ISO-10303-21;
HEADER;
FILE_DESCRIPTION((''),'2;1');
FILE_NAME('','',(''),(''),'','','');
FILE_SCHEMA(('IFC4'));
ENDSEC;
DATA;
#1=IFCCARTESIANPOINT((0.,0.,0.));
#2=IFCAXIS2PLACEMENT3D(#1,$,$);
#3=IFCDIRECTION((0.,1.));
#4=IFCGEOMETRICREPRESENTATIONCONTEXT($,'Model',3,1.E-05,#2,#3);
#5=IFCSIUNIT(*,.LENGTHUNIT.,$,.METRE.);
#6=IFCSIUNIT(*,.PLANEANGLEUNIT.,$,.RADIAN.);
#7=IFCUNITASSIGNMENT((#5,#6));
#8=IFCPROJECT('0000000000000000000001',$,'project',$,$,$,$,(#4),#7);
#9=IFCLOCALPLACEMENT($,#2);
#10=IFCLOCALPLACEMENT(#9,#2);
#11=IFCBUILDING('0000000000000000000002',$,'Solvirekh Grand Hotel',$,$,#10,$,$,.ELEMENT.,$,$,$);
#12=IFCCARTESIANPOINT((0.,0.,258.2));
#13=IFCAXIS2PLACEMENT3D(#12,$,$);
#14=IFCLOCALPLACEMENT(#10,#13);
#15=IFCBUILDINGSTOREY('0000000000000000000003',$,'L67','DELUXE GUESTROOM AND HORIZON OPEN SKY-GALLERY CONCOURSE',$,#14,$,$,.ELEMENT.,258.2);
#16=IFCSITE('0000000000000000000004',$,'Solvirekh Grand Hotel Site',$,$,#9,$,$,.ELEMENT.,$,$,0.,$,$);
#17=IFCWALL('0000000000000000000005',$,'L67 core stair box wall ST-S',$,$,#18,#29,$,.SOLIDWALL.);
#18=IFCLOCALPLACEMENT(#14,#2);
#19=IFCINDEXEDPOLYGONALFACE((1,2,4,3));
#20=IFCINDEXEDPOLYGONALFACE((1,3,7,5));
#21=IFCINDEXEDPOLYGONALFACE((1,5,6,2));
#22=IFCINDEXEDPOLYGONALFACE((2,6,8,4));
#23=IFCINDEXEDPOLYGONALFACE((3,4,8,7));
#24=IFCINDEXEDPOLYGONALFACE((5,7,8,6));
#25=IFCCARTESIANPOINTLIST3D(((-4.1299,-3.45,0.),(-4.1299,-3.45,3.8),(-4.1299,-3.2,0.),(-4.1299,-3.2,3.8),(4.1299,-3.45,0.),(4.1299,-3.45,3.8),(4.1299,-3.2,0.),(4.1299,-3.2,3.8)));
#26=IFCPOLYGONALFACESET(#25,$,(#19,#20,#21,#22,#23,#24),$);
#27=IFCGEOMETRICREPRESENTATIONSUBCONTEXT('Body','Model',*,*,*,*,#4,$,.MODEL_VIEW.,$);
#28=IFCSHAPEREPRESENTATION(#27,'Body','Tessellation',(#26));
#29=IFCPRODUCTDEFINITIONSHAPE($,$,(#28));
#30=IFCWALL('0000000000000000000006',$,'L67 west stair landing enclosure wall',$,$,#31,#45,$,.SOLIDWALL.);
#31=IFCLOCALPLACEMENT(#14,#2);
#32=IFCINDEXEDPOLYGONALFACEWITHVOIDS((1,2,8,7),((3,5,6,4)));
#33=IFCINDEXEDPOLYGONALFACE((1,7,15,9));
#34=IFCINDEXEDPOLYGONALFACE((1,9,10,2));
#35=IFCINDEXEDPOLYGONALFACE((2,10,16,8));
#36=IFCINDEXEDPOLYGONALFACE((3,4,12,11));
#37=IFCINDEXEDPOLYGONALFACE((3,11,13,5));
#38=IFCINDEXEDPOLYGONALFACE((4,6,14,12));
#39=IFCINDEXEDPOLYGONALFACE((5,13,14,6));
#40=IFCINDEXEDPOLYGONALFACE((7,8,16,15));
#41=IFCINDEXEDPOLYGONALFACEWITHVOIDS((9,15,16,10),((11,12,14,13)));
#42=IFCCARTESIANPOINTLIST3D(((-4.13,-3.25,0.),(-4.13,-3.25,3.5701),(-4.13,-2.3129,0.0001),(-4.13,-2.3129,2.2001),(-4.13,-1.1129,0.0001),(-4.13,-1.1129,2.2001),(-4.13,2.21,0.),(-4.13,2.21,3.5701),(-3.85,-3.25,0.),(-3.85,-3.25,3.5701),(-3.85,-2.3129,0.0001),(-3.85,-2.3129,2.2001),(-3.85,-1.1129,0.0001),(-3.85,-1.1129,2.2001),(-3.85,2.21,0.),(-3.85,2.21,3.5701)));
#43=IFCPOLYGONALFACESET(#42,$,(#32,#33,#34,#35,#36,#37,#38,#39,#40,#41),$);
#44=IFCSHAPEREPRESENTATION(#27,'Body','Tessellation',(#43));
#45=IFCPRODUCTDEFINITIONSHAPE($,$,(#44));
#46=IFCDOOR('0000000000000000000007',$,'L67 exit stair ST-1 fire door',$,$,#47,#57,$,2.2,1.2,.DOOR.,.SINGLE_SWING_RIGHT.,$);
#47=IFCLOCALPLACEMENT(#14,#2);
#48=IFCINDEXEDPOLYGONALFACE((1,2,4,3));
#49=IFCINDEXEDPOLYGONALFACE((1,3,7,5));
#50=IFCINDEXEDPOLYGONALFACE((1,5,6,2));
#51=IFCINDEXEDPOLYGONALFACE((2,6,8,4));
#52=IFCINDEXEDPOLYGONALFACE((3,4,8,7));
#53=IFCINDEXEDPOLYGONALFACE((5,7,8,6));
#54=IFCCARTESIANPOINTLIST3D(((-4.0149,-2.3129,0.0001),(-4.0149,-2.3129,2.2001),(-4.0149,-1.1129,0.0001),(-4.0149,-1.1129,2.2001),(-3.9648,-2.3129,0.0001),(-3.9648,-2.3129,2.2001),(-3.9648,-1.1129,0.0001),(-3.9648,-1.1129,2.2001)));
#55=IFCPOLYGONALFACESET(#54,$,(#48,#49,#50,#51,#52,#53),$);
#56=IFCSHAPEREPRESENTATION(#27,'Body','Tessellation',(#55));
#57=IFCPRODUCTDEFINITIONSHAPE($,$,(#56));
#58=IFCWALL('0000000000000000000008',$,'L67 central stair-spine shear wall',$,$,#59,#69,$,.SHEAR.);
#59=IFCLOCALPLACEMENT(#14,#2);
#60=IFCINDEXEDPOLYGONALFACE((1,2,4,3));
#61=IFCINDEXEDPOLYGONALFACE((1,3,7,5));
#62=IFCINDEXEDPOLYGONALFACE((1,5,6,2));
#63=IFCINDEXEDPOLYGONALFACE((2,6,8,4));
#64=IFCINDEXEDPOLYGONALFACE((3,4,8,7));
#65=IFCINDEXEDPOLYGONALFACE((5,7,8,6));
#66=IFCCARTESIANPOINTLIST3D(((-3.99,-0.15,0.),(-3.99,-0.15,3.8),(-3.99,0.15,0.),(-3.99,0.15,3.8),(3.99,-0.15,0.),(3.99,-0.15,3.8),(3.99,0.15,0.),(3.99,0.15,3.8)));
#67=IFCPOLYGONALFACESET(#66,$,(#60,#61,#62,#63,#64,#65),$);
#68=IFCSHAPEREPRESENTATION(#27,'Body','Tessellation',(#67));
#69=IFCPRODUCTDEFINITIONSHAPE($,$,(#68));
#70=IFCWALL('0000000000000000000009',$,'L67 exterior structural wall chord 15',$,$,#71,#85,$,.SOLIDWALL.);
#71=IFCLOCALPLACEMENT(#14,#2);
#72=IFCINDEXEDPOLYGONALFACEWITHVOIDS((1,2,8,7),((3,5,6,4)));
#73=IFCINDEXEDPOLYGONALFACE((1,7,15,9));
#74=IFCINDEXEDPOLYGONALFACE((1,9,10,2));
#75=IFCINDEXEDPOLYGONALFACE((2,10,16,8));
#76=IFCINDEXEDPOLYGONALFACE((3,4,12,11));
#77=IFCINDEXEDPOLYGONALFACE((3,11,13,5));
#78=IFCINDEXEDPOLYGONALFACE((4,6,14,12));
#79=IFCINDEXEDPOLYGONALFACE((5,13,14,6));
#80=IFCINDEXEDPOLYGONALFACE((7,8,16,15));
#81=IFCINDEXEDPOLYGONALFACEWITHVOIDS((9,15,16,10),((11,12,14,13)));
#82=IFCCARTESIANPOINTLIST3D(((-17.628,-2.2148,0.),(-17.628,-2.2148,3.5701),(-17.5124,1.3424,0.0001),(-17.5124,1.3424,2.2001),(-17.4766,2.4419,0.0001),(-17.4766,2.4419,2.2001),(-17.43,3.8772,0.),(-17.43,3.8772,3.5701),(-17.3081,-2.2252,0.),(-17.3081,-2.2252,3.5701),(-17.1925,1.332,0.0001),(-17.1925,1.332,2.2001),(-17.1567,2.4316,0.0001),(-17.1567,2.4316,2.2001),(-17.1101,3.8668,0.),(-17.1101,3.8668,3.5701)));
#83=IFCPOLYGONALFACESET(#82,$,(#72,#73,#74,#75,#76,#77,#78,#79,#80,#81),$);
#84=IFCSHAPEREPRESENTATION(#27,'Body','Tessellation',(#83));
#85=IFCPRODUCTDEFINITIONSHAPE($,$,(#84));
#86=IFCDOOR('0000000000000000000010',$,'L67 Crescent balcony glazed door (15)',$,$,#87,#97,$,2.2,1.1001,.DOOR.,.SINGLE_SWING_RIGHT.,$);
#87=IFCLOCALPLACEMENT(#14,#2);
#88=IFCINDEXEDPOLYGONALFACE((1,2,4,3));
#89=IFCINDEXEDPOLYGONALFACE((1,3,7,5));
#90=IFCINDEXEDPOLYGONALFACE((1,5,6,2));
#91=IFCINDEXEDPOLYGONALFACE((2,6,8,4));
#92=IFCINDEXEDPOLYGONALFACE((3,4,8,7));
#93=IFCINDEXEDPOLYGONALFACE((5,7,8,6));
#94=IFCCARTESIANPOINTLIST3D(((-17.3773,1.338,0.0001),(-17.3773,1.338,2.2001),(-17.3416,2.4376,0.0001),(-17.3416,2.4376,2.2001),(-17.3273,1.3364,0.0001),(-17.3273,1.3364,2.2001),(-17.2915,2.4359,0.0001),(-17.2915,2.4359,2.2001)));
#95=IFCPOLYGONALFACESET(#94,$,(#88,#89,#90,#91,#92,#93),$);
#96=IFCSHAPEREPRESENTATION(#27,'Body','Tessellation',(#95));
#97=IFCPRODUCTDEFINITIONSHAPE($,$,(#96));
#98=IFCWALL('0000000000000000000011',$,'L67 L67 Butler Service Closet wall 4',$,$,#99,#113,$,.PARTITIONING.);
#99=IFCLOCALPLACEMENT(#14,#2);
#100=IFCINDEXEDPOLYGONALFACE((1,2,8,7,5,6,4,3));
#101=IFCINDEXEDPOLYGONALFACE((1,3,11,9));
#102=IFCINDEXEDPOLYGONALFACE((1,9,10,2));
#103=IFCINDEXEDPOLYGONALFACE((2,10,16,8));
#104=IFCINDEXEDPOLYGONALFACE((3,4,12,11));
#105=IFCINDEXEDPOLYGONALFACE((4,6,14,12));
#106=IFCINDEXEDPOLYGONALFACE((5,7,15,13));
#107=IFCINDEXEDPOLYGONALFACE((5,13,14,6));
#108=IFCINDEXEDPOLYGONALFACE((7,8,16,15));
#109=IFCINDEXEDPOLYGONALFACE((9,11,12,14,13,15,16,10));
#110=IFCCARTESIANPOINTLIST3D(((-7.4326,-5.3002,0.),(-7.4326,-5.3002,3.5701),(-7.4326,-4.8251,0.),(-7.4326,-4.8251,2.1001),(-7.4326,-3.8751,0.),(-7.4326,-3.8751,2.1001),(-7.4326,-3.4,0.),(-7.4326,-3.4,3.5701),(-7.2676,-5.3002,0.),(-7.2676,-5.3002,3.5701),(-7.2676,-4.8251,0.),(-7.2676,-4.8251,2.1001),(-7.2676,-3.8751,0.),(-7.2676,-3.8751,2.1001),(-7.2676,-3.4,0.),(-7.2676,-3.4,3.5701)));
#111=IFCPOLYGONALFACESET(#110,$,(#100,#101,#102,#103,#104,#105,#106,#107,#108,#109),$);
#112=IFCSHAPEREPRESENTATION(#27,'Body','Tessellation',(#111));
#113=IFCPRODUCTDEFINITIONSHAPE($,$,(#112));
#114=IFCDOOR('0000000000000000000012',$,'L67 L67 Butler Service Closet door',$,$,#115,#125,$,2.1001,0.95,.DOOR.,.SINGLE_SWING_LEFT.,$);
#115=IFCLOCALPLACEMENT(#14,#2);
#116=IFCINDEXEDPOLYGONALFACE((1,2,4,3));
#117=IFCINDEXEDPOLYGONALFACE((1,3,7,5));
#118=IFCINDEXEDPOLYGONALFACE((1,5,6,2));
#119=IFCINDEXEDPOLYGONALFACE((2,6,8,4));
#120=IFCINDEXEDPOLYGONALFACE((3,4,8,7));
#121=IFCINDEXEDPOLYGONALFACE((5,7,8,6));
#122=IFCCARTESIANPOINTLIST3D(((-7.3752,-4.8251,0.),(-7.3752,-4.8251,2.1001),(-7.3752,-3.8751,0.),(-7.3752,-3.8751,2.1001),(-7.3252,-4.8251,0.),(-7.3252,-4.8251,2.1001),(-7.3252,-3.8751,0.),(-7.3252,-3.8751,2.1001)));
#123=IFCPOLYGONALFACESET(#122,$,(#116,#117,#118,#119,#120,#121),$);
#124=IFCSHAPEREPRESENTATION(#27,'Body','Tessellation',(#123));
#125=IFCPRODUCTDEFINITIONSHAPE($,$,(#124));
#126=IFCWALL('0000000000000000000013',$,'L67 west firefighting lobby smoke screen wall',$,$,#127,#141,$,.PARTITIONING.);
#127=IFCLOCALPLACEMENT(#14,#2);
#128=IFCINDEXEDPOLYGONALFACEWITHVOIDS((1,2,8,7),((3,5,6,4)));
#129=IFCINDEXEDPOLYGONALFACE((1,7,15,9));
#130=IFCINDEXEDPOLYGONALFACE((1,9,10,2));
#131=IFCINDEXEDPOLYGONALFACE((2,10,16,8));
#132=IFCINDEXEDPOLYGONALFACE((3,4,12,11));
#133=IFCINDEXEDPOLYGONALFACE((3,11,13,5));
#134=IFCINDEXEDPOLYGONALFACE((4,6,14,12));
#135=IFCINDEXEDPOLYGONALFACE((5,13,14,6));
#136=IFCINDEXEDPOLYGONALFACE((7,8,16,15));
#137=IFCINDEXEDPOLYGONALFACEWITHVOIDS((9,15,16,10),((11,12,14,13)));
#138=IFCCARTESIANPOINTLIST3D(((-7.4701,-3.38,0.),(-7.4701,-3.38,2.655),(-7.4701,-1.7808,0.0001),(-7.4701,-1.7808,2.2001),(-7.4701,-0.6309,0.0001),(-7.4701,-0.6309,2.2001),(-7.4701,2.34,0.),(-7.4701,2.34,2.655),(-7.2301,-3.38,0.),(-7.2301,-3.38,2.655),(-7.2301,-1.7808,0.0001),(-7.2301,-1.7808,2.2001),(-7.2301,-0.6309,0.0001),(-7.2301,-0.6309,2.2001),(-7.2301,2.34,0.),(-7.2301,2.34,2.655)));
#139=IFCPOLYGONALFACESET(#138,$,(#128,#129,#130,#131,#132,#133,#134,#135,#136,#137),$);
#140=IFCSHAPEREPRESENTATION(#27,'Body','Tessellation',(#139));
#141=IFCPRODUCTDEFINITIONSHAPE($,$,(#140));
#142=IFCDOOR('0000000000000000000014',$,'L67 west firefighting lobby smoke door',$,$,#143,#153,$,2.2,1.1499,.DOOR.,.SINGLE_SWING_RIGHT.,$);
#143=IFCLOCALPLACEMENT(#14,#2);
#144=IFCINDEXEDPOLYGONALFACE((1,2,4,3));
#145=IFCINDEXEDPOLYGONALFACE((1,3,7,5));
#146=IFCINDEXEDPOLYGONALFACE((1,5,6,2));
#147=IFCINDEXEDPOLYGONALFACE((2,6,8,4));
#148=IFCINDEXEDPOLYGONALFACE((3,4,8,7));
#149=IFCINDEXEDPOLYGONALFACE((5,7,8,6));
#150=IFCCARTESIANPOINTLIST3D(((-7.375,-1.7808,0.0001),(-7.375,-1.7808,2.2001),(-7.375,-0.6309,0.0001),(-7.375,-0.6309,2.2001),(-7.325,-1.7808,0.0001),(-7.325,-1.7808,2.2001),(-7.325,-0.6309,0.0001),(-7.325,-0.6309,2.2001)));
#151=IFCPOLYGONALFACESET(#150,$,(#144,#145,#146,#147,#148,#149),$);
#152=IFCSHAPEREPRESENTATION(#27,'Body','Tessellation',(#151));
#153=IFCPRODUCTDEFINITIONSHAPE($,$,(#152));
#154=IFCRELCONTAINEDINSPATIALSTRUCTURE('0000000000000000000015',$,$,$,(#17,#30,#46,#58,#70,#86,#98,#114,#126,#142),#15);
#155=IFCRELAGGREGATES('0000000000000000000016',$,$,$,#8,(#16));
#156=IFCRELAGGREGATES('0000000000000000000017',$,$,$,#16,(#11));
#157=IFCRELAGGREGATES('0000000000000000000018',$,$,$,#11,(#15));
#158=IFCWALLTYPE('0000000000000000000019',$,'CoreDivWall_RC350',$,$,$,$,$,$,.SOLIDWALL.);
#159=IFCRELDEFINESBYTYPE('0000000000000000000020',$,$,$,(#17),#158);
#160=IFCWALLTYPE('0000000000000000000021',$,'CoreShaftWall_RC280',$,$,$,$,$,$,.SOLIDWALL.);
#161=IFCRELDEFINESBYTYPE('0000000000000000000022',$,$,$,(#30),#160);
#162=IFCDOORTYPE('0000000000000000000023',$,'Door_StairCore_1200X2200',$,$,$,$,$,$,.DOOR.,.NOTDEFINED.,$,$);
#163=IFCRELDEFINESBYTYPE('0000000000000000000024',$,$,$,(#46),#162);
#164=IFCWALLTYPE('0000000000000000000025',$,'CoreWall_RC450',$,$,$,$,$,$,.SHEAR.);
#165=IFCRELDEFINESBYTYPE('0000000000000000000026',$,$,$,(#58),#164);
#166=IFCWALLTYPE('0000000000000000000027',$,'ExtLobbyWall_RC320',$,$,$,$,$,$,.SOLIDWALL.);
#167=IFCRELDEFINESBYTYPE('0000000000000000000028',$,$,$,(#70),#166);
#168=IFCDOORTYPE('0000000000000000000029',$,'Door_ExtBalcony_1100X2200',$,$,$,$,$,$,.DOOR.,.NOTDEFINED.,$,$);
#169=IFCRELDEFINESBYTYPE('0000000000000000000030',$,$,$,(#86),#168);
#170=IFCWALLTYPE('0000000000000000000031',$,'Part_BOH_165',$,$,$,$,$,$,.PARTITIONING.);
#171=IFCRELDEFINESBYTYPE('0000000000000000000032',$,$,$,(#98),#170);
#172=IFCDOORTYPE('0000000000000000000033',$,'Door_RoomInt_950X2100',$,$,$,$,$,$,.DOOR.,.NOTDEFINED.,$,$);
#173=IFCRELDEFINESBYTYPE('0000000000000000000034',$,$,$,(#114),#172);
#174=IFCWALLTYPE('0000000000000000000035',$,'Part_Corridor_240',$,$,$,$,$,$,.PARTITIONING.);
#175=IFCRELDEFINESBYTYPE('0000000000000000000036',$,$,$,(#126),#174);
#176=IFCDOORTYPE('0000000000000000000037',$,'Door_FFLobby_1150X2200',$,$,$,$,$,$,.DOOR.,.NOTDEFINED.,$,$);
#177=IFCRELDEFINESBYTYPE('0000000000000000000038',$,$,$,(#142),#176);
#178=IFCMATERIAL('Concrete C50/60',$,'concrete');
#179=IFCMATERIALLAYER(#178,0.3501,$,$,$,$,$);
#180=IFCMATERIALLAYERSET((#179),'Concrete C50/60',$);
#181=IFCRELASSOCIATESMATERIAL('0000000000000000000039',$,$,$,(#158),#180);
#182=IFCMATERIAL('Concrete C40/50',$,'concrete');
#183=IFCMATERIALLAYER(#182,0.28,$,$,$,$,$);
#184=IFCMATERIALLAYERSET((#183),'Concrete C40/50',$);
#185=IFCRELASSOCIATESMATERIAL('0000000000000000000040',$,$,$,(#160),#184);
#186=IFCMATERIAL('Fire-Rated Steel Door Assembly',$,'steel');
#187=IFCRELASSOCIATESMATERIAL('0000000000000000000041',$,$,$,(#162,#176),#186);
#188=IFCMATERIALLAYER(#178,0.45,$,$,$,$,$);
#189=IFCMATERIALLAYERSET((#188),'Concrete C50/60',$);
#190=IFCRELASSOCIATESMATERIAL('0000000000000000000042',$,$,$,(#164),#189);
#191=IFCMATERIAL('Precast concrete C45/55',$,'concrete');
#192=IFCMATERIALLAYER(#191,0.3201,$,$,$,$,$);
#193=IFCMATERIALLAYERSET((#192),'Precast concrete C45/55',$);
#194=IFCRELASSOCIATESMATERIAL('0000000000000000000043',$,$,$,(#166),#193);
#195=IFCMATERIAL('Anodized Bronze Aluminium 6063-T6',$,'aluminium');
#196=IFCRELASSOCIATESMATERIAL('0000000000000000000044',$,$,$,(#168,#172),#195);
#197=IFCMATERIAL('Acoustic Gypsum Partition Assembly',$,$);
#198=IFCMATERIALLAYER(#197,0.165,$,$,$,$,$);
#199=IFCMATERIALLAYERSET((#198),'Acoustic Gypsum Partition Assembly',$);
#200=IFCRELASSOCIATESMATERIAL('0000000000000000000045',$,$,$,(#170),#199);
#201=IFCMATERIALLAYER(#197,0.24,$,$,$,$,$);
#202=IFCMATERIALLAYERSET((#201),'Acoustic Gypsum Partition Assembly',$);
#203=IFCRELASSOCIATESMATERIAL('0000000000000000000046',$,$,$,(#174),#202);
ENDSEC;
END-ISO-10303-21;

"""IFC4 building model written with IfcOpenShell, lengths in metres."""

from ifc_helpers import new_model, si_unit, direction, frame, frame_2d, origin, place, context, subcontext, project, spatial, rectangle, extrude, material, layer, layer_set, type_object, element, fill, save


model = new_model("IFC4")

# Units and contexts
model_context = context("Model", 3, precision=1e-05, world=origin(), true_north=direction((0.0, 1.0)))
body_context = subcontext(model_context, "Body", "Model", "MODEL_VIEW")
ifc_project = project(units=[si_unit("LENGTHUNIT", "METRE"), si_unit("PLANEANGLEUNIT", "RADIAN")], contexts=[model_context])

# Site, building, storey
site_placement = place(None, origin())
site = spatial("IfcSite", under=ifc_project, at=site_placement, Name="Solvirekh Grand Hotel Site", CompositionType="ELEMENT", RefElevation=0.0)
building_placement = place(site_placement, origin())
building = spatial("IfcBuilding", under=site, at=building_placement, Name="Solvirekh Grand Hotel", CompositionType="ELEMENT")
storey_placement = place(building_placement, frame((0.0, 0.0, 258.2)))
storey = spatial("IfcBuildingStorey", under=building, at=storey_placement, Name="L67", Description="DELUXE GUESTROOM AND HORIZON OPEN SKY-GALLERY CONCOURSE", CompositionType="ELEMENT", Elevation=258.2)

# Shared definitions
ifc_material_1 = material(Name="Concrete C50/60", Category="concrete")

# Wall
ifc_layer_1 = layer(ifc_material_1, 0.3501)
ifc_layer_set_1 = layer_set([ifc_layer_1], Name="Concrete C50/60")
wall_type_1 = type_object("IfcWallType", Name="CoreDivWall_RC350", PredefinedType="SOLIDWALL", material=ifc_layer_set_1)
wall_1_placement = place(storey_placement, frame((-4.1299, -3.325, 0.0), z_axis=(0.0, 0.0, 1.0), x_axis=(1.0, 0.0, 0.0)))
element("IfcWall", 1, at=wall_1_placement, inside=storey, type_object=wall_type_1, Name="L67 core stair box wall ST-S", PredefinedType="SOLIDWALL", context=body_context, shape_type="SweptSolid", body=[
    extrude(rectangle(XDim=8.2598, YDim=0.25, at=frame_2d((4.1299, 0.0))), origin(), (0.0, 0.0, 1.0), 3.8),
])

# Wall, opening, door
ifc_material_2 = material(Name="Concrete C40/50", Category="concrete")
ifc_layer_2 = layer(ifc_material_2, 0.28)
ifc_layer_set_2 = layer_set([ifc_layer_2], Name="Concrete C40/50")
wall_type_2 = type_object("IfcWallType", Name="CoreShaftWall_RC280", PredefinedType="SOLIDWALL", material=ifc_layer_set_2)
wall_2_placement = place(storey_placement, frame((-3.99, -3.25, 0.0), z_axis=(0.0, 0.0, 1.0), x_axis=(0.0, 1.0, 0.0)))
wall_2 = element("IfcWall", 2, at=wall_2_placement, inside=storey, type_object=wall_type_2, Name="L67 west stair landing enclosure wall", PredefinedType="SOLIDWALL", context=body_context, shape_type="SweptSolid", body=[
    extrude(rectangle(XDim=5.46, YDim=0.28, at=frame_2d((2.73, 0.0))), origin(), (0.0, 0.0, 1.0), 3.5701),
])
opening_1_placement = place(wall_2_placement, frame((0.937, 0.0, 0.0)))
opening_1 = element("IfcOpeningElement", 3, at=opening_1_placement, cuts=wall_2, PredefinedType="OPENING", context=body_context, shape_type="SweptSolid", body=[
    extrude(rectangle(XDim=1.2, YDim=2.2, at=frame_2d((0.6001, 1.1001))), frame((0.0, 0.1499, 0.0), z_axis=(0.0, -1.0, 0.0), x_axis=(1.0, 0.0, 0.0)), (0.0, 0.0, 1.0), 0.3),
])
ifc_material_3 = material(Name="Fire-Rated Steel Door Assembly", Category="steel")
door_type_1 = type_object("IfcDoorType", Name="Door_StairCore_1200X2200", OperationType="NOTDEFINED", PredefinedType="DOOR", material=ifc_material_3)
door_1_placement = place(opening_1_placement, origin())
door_1 = element("IfcDoor", 4, at=door_1_placement, inside=storey, type_object=door_type_1, Name="L67 exit stair ST-1 fire door", OperationType="SINGLE_SWING_RIGHT", OverallHeight=2.2, OverallWidth=1.2, PredefinedType="DOOR", context=body_context, shape_type="SweptSolid", body=[
    extrude(rectangle(XDim=1.2, YDim=2.2, at=frame_2d((0.6001, 1.1001))), frame((0.0, 0.0249, 0.0), z_axis=(0.0, -1.0, 0.0), x_axis=(1.0, 0.0, 0.0)), (0.0, 0.0, 1.0), 0.05),
])
fill(opening_1, door_1)

# Wall
ifc_layer_3 = layer(ifc_material_1, 0.45)
ifc_layer_set_3 = layer_set([ifc_layer_3], Name="Concrete C50/60")
wall_type_3 = type_object("IfcWallType", Name="CoreWall_RC450", PredefinedType="SHEAR", material=ifc_layer_set_3)
wall_3_placement = place(storey_placement, frame((-3.99, 0.0, 0.0), z_axis=(0.0, 0.0, 1.0), x_axis=(1.0, 0.0, 0.0)))
element("IfcWall", 5, at=wall_3_placement, inside=storey, type_object=wall_type_3, Name="L67 central stair-spine shear wall", PredefinedType="SHEAR", context=body_context, shape_type="SweptSolid", body=[
    extrude(rectangle(XDim=7.98, YDim=0.3, at=frame_2d((3.99, 0.0))), origin(), (0.0, 0.0, 1.0), 3.8),
])

# Walls, openings, doors
ifc_material_4 = material(Name="Precast concrete C45/55", Category="concrete")
ifc_layer_4 = layer(ifc_material_4, 0.3201)
ifc_layer_set_4 = layer_set([ifc_layer_4], Name="Precast concrete C45/55")
wall_type_4 = type_object("IfcWallType", Name="ExtLobbyWall_RC320", PredefinedType="SOLIDWALL", material=ifc_layer_set_4)
wall_4_placement = place(storey_placement, frame((-17.468, -2.22, 0.0), z_axis=(0.0, 0.0, 1.0), x_axis=(0.032484, 0.999472, 0.0)))
wall_4 = element("IfcWall", 6, at=wall_4_placement, inside=storey, type_object=wall_type_4, Name="L67 exterior structural wall chord 15", PredefinedType="SOLIDWALL", context=body_context, shape_type="SweptSolid", body=[
    extrude(rectangle(XDim=6.0952, YDim=0.3201, at=frame_2d((3.0476, 0.0))), origin(), (0.0, 0.0, 1.0), 3.5701),
])
opening_2_placement = place(wall_4_placement, frame((3.5591, 0.0, 0.0)))
opening_2 = element("IfcOpeningElement", 7, at=opening_2_placement, cuts=wall_4, PredefinedType="OPENING", context=body_context, shape_type="SweptSolid", body=[
    extrude(rectangle(XDim=1.1001, YDim=2.2, at=frame_2d((0.55, 1.1001))), frame((0.0, 0.1699, 0.0), z_axis=(0.0, -1.0, 0.0), x_axis=(1.0, 0.0, 0.0)), (0.0, 0.0, 1.0), 0.3401),
])
ifc_material_5 = material(Name="Anodized Bronze Aluminium 6063-T6", Category="aluminium")
door_type_2 = type_object("IfcDoorType", Name="Door_ExtBalcony_1100X2200", OperationType="NOTDEFINED", PredefinedType="DOOR", material=ifc_material_5)
door_2_placement = place(opening_2_placement, origin())
door_2 = element("IfcDoor", 8, at=door_2_placement, inside=storey, type_object=door_type_2, Name="L67 Crescent balcony glazed door (15)", OperationType="SINGLE_SWING_RIGHT", OverallHeight=2.2, OverallWidth=1.1001, PredefinedType="DOOR", context=body_context, shape_type="SweptSolid", body=[
    extrude(rectangle(XDim=1.1001, YDim=2.2, at=frame_2d((0.55, 1.1001))), frame((0.0, 0.0249, 0.0), z_axis=(0.0, -1.0, 0.0), x_axis=(1.0, 0.0, 0.0)), (0.0, 0.0, 1.0), 0.05),
])
fill(opening_2, door_2)
ifc_material_6 = material(Name="Acoustic Gypsum Partition Assembly")
ifc_layer_5 = layer(ifc_material_6, 0.165)
ifc_layer_set_5 = layer_set([ifc_layer_5], Name="Acoustic Gypsum Partition Assembly")
wall_type_5 = type_object("IfcWallType", Name="Part_BOH_165", PredefinedType="PARTITIONING", material=ifc_layer_set_5)
wall_5_placement = place(storey_placement, frame((-7.3501, -3.3999, 0.0), z_axis=(0.0, 0.0, 1.0), x_axis=(0.0, -1.0, 0.0)))
wall_5 = element("IfcWall", 9, at=wall_5_placement, inside=storey, type_object=wall_type_5, Name="L67 L67 Butler Service Closet wall 4", PredefinedType="PARTITIONING", context=body_context, shape_type="SweptSolid", body=[
    extrude(rectangle(XDim=1.9001, YDim=0.165, at=frame_2d((0.9502, 0.0))), origin(), (0.0, 0.0, 1.0), 3.5701),
])
opening_3_placement = place(wall_5_placement, frame((0.4751, 0.0, 0.0)))
opening_3 = element("IfcOpeningElement", 10, at=opening_3_placement, cuts=wall_5, PredefinedType="OPENING", context=body_context, shape_type="SweptSolid", body=[
    extrude(rectangle(XDim=0.95, YDim=2.1001, at=frame_2d((0.4751, 1.05))), frame((0.0, 0.0925, 0.0), z_axis=(0.0, -1.0, 0.0), x_axis=(1.0, 0.0, 0.0)), (0.0, 0.0, 1.0), 0.1851),
])
door_type_3 = type_object("IfcDoorType", Name="Door_RoomInt_950X2100", OperationType="NOTDEFINED", PredefinedType="DOOR", material=ifc_material_5)
door_3_placement = place(opening_3_placement, origin())
door_3 = element("IfcDoor", 11, at=door_3_placement, inside=storey, type_object=door_type_3, Name="L67 L67 Butler Service Closet door", OperationType="SINGLE_SWING_LEFT", OverallHeight=2.1001, OverallWidth=0.95, PredefinedType="DOOR", context=body_context, shape_type="SweptSolid", body=[
    extrude(rectangle(XDim=0.95, YDim=2.1001, at=frame_2d((0.4751, 1.05))), frame((0.0, 0.0249, 0.0), z_axis=(0.0, -1.0, 0.0), x_axis=(1.0, 0.0, 0.0)), (0.0, 0.0, 1.0), 0.05),
])
fill(opening_3, door_3)
ifc_layer_6 = layer(ifc_material_6, 0.24)
ifc_layer_set_6 = layer_set([ifc_layer_6], Name="Acoustic Gypsum Partition Assembly")
wall_type_6 = type_object("IfcWallType", Name="Part_Corridor_240", PredefinedType="PARTITIONING", material=ifc_layer_set_6)
wall_6_placement = place(storey_placement, frame((-7.3501, -3.3799, 0.0), z_axis=(0.0, 0.0, 1.0), x_axis=(0.0, 1.0, 0.0)))
wall_6 = element("IfcWall", 12, at=wall_6_placement, inside=storey, type_object=wall_type_6, Name="L67 west firefighting lobby smoke screen wall", PredefinedType="PARTITIONING", context=body_context, shape_type="SweptSolid", body=[
    extrude(rectangle(XDim=5.72, YDim=0.24, at=frame_2d((2.8599, 0.0))), origin(), (0.0, 0.0, 1.0), 2.655),
])
opening_4_placement = place(wall_6_placement, frame((1.5991, 0.0, 0.0)))
opening_4 = element("IfcOpeningElement", 13, at=opening_4_placement, cuts=wall_6, PredefinedType="OPENING", context=body_context, shape_type="SweptSolid", body=[
    extrude(rectangle(XDim=1.1499, YDim=2.2, at=frame_2d((0.575, 1.1001))), frame((0.0, 0.1299, 0.0), z_axis=(0.0, -1.0, 0.0), x_axis=(1.0, 0.0, 0.0)), (0.0, 0.0, 1.0), 0.26),
])
door_type_4 = type_object("IfcDoorType", Name="Door_FFLobby_1150X2200", OperationType="NOTDEFINED", PredefinedType="DOOR", material=ifc_material_3)
door_4_placement = place(opening_4_placement, origin())
door_4 = element("IfcDoor", 14, at=door_4_placement, inside=storey, type_object=door_type_4, Name="L67 west firefighting lobby smoke door", OperationType="SINGLE_SWING_RIGHT", OverallHeight=2.2, OverallWidth=1.1499, PredefinedType="DOOR", context=body_context, shape_type="SweptSolid", body=[
    extrude(rectangle(XDim=1.1499, YDim=2.2, at=frame_2d((0.575, 1.1001))), frame((0.0, 0.0249, 0.0), z_axis=(0.0, -1.0, 0.0), x_axis=(1.0, 0.0, 0.0)), (0.0, 0.0, 1.0), 0.05),
])
fill(opening_4, door_4)

save(model, "model.ifc")
